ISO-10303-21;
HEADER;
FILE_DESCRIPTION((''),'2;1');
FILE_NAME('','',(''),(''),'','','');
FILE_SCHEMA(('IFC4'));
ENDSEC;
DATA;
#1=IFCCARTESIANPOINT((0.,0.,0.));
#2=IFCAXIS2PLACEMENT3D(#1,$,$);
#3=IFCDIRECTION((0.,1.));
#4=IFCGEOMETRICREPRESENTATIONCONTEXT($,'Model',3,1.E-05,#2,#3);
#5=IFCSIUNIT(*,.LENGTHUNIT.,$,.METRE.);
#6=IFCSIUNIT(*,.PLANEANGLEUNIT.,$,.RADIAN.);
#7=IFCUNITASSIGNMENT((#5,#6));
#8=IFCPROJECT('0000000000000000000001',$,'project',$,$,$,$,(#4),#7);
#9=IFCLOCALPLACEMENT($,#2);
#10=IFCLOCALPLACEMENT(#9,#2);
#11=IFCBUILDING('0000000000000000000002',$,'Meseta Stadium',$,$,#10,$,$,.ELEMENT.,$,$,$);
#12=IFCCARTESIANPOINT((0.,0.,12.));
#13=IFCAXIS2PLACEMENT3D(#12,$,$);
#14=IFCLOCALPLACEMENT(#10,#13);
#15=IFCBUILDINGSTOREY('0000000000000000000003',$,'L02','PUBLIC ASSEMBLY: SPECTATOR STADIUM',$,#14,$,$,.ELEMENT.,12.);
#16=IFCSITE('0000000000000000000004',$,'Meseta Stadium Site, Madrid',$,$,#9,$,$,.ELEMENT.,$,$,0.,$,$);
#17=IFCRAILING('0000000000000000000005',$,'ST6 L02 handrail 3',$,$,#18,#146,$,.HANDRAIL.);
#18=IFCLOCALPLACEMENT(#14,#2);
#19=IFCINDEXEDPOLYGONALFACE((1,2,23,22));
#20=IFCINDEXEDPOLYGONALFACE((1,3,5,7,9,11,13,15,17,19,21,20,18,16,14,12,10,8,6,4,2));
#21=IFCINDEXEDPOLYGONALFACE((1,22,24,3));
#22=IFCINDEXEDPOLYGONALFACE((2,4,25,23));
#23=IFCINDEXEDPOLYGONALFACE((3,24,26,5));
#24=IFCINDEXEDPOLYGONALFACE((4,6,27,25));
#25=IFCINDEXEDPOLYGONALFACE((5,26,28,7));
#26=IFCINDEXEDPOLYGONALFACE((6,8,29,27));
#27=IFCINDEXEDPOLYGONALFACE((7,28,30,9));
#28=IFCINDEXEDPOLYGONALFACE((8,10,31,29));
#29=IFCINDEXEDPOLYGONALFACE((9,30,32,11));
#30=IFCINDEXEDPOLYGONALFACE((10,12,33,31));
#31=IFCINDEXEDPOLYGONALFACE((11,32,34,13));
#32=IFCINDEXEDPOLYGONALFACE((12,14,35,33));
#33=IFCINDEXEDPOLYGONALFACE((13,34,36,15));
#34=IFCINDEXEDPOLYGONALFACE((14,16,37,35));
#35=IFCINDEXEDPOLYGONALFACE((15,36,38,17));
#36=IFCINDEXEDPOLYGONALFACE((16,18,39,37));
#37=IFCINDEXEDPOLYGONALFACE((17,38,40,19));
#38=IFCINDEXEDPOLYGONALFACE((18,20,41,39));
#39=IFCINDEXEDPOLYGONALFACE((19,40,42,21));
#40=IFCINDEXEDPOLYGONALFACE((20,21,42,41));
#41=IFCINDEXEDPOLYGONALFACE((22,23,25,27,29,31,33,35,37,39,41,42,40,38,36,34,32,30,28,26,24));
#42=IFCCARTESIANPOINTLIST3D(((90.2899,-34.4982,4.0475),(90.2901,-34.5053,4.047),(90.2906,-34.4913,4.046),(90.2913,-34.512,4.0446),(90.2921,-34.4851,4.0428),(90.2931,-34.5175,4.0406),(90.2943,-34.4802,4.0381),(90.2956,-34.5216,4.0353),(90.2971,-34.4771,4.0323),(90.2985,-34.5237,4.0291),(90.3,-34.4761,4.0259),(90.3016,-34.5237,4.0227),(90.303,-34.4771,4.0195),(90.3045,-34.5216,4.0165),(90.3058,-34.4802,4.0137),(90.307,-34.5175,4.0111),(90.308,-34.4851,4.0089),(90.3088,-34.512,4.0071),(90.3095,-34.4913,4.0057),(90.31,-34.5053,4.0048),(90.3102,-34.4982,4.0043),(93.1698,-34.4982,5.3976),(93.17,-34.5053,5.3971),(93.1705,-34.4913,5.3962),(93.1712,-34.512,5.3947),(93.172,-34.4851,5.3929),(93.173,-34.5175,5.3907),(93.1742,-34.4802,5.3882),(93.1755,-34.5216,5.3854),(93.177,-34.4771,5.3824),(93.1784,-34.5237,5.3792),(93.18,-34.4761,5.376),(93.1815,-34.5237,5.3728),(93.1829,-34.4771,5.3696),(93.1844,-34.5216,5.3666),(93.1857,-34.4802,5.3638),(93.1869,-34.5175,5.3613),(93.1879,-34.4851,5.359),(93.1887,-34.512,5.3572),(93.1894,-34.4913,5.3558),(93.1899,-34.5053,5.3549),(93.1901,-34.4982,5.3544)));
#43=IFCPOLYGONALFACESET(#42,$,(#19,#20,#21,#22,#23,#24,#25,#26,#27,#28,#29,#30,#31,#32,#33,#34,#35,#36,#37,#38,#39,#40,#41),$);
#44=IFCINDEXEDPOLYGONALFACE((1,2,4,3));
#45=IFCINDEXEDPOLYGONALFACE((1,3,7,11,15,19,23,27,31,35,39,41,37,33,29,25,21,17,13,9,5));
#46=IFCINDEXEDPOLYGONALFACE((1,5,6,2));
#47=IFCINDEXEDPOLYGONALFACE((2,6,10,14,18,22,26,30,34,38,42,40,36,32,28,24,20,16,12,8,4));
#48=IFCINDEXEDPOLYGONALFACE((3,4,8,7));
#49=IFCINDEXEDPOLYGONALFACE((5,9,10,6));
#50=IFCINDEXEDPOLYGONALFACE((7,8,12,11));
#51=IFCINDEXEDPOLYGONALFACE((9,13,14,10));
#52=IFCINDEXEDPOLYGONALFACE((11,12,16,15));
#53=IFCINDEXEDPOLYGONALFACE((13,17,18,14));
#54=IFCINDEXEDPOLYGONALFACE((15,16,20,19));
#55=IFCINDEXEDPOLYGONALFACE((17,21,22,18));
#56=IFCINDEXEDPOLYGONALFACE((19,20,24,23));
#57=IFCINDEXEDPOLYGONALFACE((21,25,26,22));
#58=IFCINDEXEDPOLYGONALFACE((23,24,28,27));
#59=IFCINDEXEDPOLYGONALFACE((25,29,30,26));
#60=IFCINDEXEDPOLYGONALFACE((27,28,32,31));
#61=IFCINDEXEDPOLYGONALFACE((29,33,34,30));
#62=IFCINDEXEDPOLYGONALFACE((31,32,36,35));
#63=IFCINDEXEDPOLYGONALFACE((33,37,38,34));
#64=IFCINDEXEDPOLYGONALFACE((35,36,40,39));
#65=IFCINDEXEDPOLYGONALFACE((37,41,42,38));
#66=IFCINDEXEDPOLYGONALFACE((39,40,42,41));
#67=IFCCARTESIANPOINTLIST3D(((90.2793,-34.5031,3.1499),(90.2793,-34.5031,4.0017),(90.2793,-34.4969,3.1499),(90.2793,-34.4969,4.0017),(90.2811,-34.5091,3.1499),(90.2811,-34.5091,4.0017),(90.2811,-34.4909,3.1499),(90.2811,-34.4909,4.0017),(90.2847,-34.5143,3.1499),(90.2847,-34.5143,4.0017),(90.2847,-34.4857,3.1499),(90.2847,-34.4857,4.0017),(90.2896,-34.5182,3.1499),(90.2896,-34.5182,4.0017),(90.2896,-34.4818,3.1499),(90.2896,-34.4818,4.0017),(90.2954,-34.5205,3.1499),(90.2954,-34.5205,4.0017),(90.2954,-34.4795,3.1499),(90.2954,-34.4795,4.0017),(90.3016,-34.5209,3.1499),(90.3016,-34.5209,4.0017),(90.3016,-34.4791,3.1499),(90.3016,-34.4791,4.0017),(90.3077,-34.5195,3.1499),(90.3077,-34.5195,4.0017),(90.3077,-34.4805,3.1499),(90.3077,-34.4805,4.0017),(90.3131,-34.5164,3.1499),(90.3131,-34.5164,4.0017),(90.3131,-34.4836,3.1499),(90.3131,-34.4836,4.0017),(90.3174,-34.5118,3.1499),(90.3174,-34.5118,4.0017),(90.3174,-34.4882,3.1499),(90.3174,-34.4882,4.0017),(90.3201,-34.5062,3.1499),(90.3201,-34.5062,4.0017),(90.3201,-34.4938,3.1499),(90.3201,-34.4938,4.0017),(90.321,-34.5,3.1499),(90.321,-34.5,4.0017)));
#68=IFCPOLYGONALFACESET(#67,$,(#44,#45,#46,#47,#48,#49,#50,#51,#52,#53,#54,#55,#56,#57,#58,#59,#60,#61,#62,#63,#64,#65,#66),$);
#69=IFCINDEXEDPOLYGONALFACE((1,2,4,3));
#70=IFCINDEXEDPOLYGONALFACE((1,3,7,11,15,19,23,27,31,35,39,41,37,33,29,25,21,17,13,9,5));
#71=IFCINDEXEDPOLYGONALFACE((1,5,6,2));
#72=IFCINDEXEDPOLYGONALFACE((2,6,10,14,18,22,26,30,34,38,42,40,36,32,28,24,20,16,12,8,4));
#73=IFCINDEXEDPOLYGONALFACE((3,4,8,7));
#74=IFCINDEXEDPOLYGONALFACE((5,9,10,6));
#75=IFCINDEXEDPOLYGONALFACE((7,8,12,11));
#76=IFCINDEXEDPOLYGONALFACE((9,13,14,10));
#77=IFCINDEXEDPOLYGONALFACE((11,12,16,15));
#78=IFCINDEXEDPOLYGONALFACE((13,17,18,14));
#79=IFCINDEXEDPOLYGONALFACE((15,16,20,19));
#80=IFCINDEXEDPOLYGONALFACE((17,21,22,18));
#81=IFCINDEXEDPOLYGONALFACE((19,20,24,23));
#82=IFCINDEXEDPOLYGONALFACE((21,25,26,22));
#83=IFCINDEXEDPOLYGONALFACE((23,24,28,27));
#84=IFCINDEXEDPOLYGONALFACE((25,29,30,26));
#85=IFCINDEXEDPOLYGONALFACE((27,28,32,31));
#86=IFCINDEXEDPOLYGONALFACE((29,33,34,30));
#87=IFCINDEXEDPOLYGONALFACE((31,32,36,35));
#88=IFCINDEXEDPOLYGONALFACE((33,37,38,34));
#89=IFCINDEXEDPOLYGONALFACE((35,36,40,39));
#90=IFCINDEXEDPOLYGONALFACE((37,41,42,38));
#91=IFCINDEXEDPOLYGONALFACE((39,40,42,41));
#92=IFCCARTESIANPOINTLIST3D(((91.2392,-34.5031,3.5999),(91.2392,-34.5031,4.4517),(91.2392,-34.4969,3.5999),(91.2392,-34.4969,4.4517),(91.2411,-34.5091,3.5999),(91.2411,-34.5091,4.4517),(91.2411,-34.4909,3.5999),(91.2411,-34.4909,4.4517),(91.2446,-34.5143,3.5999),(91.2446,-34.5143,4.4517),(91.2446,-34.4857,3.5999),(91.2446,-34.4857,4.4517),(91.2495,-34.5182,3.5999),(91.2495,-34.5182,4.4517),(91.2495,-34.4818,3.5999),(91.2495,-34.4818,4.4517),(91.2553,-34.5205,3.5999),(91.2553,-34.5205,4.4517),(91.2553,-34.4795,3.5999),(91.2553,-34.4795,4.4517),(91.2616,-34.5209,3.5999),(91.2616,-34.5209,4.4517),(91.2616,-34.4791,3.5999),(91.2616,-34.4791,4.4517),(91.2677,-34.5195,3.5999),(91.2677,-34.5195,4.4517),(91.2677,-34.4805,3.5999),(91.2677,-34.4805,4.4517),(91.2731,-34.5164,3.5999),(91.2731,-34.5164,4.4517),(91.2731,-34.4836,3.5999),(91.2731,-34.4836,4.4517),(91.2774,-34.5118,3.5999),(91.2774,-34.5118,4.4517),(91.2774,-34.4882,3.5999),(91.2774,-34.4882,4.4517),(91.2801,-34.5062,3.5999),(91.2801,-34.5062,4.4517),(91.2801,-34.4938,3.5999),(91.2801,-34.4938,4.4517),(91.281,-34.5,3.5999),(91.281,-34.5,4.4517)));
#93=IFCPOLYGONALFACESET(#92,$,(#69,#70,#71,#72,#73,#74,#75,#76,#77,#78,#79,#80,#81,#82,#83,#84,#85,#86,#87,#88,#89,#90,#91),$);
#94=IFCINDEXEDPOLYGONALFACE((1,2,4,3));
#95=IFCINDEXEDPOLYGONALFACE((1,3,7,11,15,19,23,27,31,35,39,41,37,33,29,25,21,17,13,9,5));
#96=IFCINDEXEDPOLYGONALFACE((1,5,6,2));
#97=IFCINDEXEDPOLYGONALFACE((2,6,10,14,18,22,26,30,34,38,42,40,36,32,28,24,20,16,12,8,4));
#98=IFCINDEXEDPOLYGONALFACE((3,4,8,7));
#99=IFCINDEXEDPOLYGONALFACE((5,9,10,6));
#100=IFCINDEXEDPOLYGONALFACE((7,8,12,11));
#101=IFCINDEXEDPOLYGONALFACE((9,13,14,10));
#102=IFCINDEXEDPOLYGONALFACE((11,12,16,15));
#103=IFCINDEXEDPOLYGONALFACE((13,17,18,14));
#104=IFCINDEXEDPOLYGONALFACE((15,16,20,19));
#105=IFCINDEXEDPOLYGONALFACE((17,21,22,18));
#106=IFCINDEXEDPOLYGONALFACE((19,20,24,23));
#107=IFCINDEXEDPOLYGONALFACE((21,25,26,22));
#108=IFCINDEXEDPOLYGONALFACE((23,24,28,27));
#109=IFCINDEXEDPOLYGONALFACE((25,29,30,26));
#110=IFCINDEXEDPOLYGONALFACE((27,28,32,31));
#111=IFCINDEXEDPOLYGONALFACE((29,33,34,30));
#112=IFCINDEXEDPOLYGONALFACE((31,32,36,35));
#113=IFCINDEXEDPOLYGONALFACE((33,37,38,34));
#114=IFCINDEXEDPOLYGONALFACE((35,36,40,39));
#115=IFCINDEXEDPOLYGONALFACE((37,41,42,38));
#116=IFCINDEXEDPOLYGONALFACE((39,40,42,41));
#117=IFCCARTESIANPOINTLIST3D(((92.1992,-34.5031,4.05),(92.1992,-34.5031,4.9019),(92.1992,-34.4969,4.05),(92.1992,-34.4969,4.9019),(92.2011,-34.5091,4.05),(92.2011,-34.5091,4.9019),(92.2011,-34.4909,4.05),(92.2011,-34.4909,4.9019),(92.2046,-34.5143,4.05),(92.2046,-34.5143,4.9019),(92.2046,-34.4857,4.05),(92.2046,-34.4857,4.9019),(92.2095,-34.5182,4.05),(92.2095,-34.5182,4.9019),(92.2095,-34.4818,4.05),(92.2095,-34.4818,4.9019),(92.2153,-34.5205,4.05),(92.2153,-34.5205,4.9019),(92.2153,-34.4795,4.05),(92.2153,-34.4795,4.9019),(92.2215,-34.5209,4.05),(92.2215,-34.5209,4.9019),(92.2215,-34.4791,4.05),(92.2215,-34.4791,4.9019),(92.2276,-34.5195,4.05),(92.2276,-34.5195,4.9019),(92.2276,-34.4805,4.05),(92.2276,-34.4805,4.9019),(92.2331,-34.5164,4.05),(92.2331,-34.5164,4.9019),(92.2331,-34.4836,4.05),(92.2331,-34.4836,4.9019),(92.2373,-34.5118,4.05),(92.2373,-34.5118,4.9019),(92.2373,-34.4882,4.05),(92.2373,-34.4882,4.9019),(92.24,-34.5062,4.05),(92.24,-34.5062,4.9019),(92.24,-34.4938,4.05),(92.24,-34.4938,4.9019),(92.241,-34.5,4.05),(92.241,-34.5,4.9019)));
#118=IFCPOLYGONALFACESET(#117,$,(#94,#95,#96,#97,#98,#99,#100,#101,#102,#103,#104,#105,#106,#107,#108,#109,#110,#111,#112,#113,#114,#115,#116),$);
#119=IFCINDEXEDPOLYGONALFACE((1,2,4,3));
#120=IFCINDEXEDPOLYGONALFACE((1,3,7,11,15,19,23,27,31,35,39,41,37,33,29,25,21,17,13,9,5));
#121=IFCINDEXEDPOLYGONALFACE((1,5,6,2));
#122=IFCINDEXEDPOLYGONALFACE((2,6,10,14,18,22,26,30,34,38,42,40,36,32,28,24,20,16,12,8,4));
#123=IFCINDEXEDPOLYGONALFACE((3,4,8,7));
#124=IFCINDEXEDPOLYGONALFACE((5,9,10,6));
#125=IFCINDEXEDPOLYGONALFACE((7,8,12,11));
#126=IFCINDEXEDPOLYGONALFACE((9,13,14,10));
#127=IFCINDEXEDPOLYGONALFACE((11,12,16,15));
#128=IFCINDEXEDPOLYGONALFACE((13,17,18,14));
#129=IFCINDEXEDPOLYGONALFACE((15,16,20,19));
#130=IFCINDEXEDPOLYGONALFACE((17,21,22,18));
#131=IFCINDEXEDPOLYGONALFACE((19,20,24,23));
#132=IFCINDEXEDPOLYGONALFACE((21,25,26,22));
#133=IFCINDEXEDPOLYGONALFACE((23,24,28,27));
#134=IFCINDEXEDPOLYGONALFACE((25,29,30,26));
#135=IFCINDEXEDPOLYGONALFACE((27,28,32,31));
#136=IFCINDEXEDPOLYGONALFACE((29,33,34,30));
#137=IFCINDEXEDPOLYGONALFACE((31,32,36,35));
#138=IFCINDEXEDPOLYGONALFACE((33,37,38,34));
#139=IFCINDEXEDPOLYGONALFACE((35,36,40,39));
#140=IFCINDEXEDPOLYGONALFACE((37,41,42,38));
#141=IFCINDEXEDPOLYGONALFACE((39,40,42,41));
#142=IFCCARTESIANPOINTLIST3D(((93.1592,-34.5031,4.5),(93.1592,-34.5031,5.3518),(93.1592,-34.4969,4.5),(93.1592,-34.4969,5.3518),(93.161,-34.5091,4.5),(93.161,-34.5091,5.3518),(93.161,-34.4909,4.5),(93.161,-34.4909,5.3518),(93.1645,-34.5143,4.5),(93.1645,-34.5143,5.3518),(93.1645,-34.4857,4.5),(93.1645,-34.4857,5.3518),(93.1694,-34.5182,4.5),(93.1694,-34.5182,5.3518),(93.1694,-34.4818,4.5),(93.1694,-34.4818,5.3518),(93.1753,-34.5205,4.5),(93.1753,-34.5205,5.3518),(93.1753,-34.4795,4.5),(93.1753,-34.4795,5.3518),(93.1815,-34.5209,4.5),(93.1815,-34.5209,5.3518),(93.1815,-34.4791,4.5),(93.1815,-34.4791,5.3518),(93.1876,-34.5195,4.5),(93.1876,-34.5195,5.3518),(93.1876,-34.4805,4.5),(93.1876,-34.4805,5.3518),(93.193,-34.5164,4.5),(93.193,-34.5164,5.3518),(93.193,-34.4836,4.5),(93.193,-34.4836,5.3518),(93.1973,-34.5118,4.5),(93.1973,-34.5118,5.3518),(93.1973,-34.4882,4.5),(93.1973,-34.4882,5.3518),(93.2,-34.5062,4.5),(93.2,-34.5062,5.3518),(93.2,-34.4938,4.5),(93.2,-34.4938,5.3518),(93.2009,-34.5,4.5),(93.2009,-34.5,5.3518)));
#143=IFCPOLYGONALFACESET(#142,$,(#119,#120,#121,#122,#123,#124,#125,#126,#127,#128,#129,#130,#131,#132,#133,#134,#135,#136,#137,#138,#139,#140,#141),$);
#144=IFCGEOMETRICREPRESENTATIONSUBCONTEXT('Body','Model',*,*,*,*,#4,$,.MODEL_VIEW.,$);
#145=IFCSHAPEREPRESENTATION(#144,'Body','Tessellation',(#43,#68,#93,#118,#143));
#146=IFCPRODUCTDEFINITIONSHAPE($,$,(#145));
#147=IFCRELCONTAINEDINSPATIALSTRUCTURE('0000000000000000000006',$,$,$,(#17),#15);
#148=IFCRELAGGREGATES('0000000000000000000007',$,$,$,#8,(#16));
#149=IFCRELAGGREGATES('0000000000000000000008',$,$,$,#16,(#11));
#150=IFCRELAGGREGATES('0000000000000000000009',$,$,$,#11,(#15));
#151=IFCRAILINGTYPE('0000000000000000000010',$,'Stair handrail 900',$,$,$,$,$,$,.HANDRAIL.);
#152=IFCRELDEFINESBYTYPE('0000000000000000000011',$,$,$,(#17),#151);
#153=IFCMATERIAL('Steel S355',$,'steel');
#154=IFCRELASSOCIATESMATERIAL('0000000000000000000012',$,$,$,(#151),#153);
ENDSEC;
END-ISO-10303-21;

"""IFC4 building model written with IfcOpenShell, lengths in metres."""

from ifc_helpers import new_model, si_unit, direction, frame, origin, origin_2d, place, context, subcontext, project, spatial, circle, extrude, material, type_object, element, save


model = new_model("IFC4")

# Units and contexts
model_context = context("Model", 3, precision=1e-05, world=origin(), true_north=direction((0.0, 1.0)))
body_context = subcontext(model_context, "Body", "Model", "MODEL_VIEW")
ifc_project = project(units=[si_unit("LENGTHUNIT", "METRE"), si_unit("PLANEANGLEUNIT", "RADIAN")], contexts=[model_context])

# Site, building, storey
site_placement = place(None, origin())
site = spatial("IfcSite", under=ifc_project, at=site_placement, Name="Meseta Stadium Site, Madrid", CompositionType="ELEMENT", RefElevation=0.0)
building_placement = place(site_placement, origin())
building = spatial("IfcBuilding", under=site, at=building_placement, Name="Meseta Stadium", CompositionType="ELEMENT")
storey_placement = place(building_placement, frame((0.0, 0.0, 12.0)))
storey = spatial("IfcBuildingStorey", under=building, at=storey_placement, Name="L02", Description="PUBLIC ASSEMBLY: SPECTATOR STADIUM", CompositionType="ELEMENT", Elevation=12.0)

# Railing
ifc_material_1 = material(Name="Steel S355", Category="steel")
railing_type_1 = type_object("IfcRailingType", Name="Stair handrail 900", PredefinedType="HANDRAIL", material=ifc_material_1)
for number, where, name in (
    (1, (90.3, -34.5, 3.1499), "ST6 L02 handrail 3"),
):
    element("IfcRailing", number, at=place(storey_placement, frame(where)), inside=storey, type_object=railing_type_1, Name=name, PredefinedType="HANDRAIL", context=body_context, shape_type="SweptSolid", body=[
        extrude(circle(Radius=0.0239, at=origin_2d()), frame((0.0, 0.0, 0.876), z_axis=(0.90544, 0.0, 0.424473), x_axis=(0.0, 1.0, 0.0)), (0.0, 0.0, 1.0), 3.1807),
        extrude(circle(Radius=0.021, at=origin_2d()), origin(), (0.0, 0.0, 1.0), 0.8518),
        extrude(circle(Radius=0.021, at=origin_2d()), frame((0.96, 0.0, 0.45)), (0.0, 0.0, 1.0), 0.8518),
        extrude(circle(Radius=0.021, at=origin_2d()), frame((1.9199, 0.0, 0.9001)), (0.0, 0.0, 1.0), 0.8518),
        extrude(circle(Radius=0.021, at=origin_2d()), frame((2.8799, 0.0, 1.3501)), (0.0, 0.0, 1.0), 0.8518),
    ])

save(model, "model.ifc")
